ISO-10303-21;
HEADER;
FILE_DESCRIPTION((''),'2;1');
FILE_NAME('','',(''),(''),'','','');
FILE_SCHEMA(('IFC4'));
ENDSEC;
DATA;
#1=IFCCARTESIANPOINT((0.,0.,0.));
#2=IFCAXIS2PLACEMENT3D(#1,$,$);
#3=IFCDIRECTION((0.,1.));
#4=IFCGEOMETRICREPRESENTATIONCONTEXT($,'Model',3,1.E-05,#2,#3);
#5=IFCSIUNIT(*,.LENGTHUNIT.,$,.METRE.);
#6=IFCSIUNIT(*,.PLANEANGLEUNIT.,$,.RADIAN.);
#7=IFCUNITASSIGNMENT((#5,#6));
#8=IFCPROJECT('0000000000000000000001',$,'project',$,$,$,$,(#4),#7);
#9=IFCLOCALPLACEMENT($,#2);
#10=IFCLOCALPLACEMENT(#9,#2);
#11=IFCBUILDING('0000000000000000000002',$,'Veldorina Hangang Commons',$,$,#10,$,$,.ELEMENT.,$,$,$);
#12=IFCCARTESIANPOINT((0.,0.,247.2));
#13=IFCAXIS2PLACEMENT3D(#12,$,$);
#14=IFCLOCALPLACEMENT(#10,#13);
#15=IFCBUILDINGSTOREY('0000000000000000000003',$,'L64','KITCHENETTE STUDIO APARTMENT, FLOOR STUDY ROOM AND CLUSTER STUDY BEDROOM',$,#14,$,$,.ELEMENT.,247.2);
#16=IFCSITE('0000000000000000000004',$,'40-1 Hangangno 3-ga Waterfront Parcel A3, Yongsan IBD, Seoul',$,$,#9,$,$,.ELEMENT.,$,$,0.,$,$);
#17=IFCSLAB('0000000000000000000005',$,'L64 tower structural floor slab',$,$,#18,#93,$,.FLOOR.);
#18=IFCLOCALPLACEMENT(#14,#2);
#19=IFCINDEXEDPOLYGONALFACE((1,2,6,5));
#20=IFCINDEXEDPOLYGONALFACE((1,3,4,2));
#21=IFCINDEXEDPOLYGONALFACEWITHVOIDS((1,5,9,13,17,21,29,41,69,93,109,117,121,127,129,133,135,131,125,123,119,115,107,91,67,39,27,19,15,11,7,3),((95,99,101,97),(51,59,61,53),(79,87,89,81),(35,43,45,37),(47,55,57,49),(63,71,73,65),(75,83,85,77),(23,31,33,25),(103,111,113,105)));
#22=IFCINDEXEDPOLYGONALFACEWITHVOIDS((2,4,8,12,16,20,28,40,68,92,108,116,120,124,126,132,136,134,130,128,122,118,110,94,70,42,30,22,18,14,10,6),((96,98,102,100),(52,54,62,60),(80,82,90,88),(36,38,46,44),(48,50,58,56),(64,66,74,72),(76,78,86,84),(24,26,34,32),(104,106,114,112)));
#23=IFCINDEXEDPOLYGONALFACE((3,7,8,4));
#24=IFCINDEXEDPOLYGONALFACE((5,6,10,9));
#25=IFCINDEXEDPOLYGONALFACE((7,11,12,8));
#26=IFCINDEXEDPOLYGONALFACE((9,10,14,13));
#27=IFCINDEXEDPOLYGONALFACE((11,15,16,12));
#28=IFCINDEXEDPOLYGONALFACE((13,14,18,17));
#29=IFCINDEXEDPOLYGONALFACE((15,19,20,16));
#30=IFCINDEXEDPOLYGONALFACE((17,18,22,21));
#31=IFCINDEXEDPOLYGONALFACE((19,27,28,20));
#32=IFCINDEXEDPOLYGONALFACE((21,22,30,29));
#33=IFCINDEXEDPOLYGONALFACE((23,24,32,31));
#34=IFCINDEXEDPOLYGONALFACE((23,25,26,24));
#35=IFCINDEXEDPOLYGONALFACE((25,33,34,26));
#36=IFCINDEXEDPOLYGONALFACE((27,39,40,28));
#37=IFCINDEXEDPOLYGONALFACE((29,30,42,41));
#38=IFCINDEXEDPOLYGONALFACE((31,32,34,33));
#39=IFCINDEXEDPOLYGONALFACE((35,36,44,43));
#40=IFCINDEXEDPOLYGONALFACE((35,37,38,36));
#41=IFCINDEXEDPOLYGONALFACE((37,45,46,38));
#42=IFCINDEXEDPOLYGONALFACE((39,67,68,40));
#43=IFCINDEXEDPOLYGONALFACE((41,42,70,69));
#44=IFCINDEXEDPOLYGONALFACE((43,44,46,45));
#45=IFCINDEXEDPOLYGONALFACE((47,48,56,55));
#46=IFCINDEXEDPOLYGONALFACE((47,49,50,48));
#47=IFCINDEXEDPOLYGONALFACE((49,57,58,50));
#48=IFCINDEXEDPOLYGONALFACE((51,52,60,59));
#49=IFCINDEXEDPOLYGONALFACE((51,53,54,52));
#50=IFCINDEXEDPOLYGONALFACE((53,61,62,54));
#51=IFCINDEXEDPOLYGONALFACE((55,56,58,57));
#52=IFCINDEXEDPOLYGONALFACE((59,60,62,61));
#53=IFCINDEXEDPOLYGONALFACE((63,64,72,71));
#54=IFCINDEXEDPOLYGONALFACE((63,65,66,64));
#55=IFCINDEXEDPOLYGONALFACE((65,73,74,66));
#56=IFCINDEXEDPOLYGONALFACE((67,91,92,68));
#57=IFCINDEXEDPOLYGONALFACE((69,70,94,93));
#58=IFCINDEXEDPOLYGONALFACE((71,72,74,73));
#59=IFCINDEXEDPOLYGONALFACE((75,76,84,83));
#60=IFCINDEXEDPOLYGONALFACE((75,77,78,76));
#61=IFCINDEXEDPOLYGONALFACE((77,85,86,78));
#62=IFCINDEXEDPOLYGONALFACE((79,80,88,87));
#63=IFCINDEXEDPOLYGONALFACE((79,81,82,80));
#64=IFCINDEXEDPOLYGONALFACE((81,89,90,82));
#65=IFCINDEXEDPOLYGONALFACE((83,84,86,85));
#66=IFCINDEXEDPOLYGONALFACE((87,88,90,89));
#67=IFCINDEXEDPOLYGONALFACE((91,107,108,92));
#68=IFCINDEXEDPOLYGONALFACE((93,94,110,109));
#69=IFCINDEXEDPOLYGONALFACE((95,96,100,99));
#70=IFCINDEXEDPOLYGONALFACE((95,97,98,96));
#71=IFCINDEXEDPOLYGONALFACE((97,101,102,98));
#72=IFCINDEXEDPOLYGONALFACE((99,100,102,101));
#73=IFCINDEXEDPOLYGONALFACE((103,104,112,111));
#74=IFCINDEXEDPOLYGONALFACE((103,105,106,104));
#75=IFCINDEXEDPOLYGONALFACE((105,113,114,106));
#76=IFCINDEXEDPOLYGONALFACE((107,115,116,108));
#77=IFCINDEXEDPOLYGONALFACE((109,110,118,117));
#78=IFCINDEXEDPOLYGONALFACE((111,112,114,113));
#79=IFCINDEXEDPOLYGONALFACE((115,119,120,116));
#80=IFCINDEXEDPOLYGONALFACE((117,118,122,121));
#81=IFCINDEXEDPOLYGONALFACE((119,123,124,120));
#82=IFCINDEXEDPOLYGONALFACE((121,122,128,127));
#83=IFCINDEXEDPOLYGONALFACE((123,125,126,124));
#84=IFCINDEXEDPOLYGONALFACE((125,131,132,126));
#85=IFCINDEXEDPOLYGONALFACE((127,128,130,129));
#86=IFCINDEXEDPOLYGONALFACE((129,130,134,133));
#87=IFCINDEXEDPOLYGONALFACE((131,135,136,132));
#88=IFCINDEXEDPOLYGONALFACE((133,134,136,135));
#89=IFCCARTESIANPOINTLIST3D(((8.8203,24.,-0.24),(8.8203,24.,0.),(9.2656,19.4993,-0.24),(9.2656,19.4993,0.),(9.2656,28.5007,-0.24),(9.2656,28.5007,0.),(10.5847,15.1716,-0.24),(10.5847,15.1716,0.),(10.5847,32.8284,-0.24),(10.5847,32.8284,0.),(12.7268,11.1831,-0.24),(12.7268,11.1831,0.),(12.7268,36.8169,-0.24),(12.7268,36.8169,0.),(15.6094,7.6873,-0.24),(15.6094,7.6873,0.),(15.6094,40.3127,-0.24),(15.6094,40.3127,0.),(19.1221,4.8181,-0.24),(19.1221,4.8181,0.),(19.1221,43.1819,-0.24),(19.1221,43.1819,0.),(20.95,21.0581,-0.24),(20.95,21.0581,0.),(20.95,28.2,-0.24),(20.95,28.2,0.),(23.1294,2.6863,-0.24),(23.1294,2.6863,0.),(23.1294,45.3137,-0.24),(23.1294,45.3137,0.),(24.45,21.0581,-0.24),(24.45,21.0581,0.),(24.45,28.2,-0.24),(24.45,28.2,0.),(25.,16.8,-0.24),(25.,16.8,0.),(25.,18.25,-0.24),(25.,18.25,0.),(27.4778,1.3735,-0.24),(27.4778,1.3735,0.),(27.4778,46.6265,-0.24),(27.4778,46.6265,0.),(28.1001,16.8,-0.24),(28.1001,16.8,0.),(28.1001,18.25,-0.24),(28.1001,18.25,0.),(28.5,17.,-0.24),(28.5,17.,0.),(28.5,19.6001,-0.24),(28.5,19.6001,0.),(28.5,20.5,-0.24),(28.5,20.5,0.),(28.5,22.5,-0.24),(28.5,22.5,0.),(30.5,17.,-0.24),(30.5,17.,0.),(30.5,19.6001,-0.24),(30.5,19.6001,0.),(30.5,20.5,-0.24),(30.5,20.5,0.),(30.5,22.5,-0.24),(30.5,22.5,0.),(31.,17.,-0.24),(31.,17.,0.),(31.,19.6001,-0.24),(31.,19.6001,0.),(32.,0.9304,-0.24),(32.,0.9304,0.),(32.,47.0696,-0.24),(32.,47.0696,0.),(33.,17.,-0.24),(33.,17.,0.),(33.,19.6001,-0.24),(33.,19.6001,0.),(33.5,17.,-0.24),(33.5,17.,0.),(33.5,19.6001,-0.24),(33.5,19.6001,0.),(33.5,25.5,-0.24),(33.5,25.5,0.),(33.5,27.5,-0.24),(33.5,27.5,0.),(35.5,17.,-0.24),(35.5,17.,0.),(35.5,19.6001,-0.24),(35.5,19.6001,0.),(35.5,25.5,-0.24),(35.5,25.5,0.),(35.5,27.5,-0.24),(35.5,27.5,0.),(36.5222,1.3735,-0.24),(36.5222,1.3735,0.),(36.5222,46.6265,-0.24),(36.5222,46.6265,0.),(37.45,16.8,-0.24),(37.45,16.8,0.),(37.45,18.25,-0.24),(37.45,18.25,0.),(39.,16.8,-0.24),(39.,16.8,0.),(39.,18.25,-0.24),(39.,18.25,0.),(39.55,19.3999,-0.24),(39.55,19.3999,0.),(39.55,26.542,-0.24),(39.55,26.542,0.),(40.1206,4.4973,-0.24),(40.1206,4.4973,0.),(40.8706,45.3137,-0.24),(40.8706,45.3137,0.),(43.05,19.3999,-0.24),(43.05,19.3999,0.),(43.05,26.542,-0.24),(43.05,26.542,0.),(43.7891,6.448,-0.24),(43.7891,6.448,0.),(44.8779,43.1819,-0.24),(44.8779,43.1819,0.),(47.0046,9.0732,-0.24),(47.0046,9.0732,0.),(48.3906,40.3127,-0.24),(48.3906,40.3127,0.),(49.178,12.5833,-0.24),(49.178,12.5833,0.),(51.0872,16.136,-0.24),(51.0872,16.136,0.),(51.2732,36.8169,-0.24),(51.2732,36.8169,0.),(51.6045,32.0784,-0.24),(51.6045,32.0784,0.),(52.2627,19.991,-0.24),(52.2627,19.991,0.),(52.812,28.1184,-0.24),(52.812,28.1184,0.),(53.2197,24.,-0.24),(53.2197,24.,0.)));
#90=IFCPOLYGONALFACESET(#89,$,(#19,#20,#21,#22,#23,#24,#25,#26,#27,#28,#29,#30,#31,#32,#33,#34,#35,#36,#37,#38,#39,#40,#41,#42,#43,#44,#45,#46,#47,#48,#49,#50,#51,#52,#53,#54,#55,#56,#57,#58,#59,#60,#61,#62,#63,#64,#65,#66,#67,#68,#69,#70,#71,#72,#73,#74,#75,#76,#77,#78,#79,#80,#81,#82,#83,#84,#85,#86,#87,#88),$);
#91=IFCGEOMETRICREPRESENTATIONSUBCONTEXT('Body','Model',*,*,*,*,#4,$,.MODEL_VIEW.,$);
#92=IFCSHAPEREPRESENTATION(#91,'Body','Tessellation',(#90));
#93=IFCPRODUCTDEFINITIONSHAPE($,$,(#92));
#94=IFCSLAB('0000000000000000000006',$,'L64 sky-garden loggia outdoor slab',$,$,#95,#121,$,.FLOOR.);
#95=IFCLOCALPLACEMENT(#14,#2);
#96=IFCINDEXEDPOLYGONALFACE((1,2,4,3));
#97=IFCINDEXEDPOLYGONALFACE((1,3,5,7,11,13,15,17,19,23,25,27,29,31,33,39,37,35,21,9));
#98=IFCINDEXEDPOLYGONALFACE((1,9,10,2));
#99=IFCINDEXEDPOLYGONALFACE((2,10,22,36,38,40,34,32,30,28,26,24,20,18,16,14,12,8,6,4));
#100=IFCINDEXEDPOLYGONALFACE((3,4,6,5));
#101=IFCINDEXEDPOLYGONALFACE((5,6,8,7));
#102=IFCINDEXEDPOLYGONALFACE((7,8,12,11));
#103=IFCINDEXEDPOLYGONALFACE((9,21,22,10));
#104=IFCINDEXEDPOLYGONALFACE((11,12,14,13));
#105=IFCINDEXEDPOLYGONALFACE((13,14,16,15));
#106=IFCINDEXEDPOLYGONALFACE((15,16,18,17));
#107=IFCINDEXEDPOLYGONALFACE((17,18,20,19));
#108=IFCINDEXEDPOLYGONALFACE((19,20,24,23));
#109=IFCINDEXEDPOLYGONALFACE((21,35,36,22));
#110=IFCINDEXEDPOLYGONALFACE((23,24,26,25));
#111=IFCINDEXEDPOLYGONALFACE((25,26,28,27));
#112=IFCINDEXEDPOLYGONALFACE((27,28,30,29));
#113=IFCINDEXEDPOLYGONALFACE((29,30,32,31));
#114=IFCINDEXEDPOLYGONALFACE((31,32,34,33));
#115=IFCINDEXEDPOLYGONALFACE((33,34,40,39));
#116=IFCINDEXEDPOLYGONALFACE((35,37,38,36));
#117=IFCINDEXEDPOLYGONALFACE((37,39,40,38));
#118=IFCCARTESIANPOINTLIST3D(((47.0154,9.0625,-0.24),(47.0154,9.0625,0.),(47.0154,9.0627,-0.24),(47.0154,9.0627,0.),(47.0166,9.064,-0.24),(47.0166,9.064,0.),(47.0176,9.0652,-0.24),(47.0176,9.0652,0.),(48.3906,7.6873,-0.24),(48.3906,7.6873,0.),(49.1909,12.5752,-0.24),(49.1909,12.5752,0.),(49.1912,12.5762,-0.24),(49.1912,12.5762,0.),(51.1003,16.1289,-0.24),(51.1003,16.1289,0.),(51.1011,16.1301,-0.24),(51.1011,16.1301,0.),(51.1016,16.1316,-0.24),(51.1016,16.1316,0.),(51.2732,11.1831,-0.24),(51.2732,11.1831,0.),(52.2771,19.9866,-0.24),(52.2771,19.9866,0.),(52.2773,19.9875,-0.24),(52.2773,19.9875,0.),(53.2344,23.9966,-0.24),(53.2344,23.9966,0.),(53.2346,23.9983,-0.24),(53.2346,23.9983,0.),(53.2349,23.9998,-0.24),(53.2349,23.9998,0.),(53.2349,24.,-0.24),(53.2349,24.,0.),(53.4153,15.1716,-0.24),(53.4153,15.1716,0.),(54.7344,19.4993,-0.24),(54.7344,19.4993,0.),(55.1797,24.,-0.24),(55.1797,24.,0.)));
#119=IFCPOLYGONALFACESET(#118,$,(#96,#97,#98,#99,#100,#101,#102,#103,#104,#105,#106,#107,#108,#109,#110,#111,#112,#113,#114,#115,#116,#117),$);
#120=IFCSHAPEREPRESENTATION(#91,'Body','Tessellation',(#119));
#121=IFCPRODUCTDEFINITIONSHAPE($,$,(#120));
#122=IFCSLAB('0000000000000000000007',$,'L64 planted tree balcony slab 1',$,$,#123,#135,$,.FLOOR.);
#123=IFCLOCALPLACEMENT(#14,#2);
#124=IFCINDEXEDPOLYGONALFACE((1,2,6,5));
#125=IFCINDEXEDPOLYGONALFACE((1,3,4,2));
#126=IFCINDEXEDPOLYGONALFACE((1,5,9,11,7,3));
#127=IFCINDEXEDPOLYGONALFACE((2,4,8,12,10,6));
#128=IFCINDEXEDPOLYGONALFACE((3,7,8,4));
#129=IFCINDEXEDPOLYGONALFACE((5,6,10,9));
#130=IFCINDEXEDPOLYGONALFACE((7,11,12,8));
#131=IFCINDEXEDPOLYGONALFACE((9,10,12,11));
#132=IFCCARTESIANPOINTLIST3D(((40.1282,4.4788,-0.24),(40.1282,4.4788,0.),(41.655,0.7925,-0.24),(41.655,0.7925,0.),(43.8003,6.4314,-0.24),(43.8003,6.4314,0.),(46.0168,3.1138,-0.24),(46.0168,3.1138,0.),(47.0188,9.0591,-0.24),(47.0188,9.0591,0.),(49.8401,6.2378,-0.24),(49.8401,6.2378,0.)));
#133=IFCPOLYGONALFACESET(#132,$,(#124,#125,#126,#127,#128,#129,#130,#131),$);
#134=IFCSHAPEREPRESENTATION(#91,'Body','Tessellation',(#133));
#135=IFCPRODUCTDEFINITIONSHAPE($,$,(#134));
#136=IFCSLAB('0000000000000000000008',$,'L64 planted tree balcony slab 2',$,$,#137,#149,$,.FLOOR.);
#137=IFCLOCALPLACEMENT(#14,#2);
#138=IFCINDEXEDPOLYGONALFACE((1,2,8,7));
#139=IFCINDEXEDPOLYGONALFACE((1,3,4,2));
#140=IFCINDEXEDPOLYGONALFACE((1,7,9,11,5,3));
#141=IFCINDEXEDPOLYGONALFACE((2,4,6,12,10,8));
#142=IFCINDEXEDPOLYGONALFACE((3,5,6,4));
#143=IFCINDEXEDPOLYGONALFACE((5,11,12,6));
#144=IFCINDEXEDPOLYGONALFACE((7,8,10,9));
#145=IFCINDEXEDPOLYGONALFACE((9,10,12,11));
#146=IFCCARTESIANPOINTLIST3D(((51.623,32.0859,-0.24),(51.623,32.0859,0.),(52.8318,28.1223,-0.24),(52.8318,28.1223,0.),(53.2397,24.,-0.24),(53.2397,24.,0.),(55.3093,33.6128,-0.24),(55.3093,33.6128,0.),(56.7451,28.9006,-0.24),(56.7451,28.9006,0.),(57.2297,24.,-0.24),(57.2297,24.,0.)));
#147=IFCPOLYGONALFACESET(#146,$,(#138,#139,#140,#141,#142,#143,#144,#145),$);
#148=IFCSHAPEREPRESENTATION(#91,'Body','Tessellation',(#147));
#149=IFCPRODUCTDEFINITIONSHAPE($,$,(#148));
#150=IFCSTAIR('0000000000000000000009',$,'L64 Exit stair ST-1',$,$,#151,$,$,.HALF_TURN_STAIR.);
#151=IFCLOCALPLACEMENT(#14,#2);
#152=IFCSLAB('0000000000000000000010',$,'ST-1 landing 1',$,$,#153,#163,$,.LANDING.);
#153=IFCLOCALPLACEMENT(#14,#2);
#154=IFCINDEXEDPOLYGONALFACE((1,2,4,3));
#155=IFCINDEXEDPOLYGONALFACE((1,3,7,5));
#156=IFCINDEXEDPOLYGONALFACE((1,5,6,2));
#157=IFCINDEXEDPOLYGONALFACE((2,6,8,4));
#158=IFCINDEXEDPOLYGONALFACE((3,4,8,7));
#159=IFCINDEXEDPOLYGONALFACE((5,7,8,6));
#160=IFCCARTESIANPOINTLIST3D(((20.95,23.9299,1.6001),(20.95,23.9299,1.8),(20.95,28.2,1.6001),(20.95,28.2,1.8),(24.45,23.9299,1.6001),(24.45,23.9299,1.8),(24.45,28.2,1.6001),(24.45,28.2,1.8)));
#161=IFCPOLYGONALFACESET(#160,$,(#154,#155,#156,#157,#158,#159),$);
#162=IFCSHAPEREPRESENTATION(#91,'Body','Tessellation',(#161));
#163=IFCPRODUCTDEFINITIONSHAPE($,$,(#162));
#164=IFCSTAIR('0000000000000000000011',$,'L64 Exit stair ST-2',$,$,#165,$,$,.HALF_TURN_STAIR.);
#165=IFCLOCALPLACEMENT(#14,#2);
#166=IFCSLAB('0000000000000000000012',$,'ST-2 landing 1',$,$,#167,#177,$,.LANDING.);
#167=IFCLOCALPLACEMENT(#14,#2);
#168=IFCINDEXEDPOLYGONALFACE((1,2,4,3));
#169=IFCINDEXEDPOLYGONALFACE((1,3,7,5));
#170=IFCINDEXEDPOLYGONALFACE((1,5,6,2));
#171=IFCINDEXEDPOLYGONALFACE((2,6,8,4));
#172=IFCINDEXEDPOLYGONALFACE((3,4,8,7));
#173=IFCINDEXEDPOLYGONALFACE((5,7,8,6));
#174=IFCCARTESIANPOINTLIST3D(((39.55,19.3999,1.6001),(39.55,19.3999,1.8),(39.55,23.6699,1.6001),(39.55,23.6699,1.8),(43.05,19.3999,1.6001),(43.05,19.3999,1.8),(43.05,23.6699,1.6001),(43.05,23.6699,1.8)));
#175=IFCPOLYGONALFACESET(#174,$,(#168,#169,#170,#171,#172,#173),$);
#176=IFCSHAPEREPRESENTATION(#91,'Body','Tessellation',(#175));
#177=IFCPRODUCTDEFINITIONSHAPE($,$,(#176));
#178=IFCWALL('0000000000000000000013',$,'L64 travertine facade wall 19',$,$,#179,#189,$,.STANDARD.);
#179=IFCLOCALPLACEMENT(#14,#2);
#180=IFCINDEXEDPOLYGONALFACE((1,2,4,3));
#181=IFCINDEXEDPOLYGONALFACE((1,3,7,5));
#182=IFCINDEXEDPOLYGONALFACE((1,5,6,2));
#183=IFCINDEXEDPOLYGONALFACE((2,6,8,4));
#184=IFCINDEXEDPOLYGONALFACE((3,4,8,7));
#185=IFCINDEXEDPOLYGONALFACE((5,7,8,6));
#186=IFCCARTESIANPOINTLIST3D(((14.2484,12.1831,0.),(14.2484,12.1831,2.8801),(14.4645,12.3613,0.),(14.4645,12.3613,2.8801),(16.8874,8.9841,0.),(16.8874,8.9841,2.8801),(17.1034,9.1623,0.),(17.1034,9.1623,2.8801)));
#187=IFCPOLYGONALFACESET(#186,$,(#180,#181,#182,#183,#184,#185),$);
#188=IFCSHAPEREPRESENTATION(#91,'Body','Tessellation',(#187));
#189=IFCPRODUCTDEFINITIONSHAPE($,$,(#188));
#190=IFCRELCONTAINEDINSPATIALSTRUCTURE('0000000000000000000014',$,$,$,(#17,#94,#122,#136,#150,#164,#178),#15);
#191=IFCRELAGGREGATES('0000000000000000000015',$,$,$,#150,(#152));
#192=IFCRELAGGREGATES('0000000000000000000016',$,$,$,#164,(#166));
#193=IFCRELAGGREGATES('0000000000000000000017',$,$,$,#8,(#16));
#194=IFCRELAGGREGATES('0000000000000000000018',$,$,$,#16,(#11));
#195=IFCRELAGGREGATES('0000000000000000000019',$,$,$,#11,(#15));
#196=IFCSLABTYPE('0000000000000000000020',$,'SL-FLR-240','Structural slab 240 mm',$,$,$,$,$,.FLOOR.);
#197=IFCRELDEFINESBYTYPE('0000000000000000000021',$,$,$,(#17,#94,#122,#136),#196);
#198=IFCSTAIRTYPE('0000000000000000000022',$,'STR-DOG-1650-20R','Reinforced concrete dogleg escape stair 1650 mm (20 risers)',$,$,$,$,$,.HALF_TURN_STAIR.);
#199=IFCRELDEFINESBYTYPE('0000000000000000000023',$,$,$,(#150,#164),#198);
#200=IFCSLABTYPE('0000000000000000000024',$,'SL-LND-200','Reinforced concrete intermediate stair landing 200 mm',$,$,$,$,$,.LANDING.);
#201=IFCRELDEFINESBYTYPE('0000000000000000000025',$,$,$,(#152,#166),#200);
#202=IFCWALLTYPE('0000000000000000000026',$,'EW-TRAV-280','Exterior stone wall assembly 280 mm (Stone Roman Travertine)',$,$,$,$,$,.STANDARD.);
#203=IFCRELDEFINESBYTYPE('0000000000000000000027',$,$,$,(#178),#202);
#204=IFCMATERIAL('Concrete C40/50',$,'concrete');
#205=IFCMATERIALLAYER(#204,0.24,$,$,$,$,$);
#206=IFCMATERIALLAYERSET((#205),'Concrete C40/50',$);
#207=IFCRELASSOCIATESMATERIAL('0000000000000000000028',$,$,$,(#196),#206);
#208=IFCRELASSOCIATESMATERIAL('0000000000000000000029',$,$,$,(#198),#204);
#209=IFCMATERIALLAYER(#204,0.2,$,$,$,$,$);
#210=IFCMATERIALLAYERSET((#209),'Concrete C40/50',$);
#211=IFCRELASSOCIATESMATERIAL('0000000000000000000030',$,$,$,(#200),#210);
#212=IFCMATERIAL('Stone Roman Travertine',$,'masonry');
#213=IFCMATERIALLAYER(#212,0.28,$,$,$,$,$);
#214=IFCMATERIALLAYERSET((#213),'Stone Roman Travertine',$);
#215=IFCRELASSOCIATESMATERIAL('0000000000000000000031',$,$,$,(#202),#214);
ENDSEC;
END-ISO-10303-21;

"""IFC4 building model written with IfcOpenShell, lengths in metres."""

from ifc_helpers import new_model, si_unit, direction, frame, frame_2d, origin, place, context, subcontext, project, spatial, polyline, rectangle, outline, extrude, material, layer, layer_set, type_object, element, aggregate, save


model = new_model("IFC4")

# Units and contexts
model_context = context("Model", 3, precision=1e-05, world=origin(), true_north=direction((0.0, 1.0)))
body_context = subcontext(model_context, "Body", "Model", "MODEL_VIEW")
ifc_project = project(units=[si_unit("LENGTHUNIT", "METRE"), si_unit("PLANEANGLEUNIT", "RADIAN")], contexts=[model_context])

# Site, building, storey
site_placement = place(None, origin())
site = spatial("IfcSite", under=ifc_project, at=site_placement, Name="40-1 Hangangno 3-ga Waterfront Parcel A3, Yongsan IBD, Seoul", CompositionType="ELEMENT", RefElevation=0.0)
building_placement = place(site_placement, origin())
building = spatial("IfcBuilding", under=site, at=building_placement, Name="Veldorina Hangang Commons", CompositionType="ELEMENT")
storey_placement = place(building_placement, frame((0.0, 0.0, 247.2)))
storey = spatial("IfcBuildingStorey", under=building, at=storey_placement, Name="L64", Description="KITCHENETTE STUDIO APARTMENT, FLOOR STUDY ROOM AND CLUSTER STUDY BEDROOM", CompositionType="ELEMENT", Elevation=247.2)

# Slabs
ifc_material_1 = material(Name="Concrete C40/50", Category="concrete")
ifc_layer_1 = layer(ifc_material_1, 0.24)
ifc_layer_set_1 = layer_set([ifc_layer_1], Name="Concrete C40/50")
slab_type_1 = type_object("IfcSlabType", Name="SL-FLR-240", Description="Structural slab 240 mm", PredefinedType="FLOOR", material=ifc_layer_set_1)
slab_1_placement = place(storey_placement, frame((0.0, 0.0, -0.24)))
element("IfcSlab", 1, at=slab_1_placement, inside=storey, type_object=slab_type_1, Name="L64 tower structural floor slab", PredefinedType="FLOOR", context=body_context, shape_type="SweptSolid", body=[
    extrude(outline(polyline([(53.2197, 24.0), (52.812, 28.1184), (51.6045, 32.0784), (51.2732, 36.8169), (48.3906, 40.3127), (44.8779, 43.1819), (40.8706, 45.3137), (36.5222, 46.6265), (32.0, 47.0696), (27.4778, 46.6265), (23.1294, 45.3137), (19.1221, 43.1819), (15.6094, 40.3127), (12.7268, 36.8169), (10.5847, 32.8284), (9.2656, 28.5007), (8.8203, 24.0), (9.2656, 19.4993), (10.5847, 15.1716), (12.7268, 11.1831), (15.6094, 7.6873), (19.1221, 4.8181), (23.1294, 2.6863), (27.4778, 1.3735), (32.0, 0.9304), (36.5222, 1.3735), (40.1206, 4.4973), (43.7891, 6.448), (47.0046, 9.0732), (49.178, 12.5833), (51.0872, 16.136), (52.2627, 19.991), (53.2197, 24.0)]), holes=[polyline([(20.95, 21.0581), (20.95, 28.2), (24.45, 28.2), (24.45, 21.0581), (20.95, 21.0581)]), polyline([(43.05, 26.542), (43.05, 19.3999), (39.55, 19.3999), (39.55, 26.542), (43.05, 26.542)]), polyline([(33.5, 27.5), (35.5, 27.5), (35.5, 25.5), (33.5, 25.5), (33.5, 27.5)]), polyline([(28.5, 22.5), (30.5, 22.5), (30.5, 20.5), (28.5, 20.5), (28.5, 22.5)]), polyline([(28.5, 19.6001), (30.5, 19.6001), (30.5, 17.0), (28.5, 17.0), (28.5, 19.6001)]), polyline([(31.0, 19.6001), (33.0, 19.6001), (33.0, 17.0), (31.0, 17.0), (31.0, 19.6001)]), polyline([(33.5, 19.6001), (35.5, 19.6001), (35.5, 17.0), (33.5, 17.0), (33.5, 19.6001)]), polyline([(25.0, 18.25), (28.1001, 18.25), (28.1001, 16.8), (25.0, 16.8), (25.0, 18.25)]), polyline([(37.45, 18.25), (39.0, 18.25), (39.0, 16.8), (37.45, 16.8), (37.45, 18.25)])]), origin(), (0.0, 0.0, 1.0), 0.24),
])
slab_2_placement = place(storey_placement, frame((0.0, 0.0, -0.24)))
element("IfcSlab", 2, at=slab_2_placement, inside=storey, type_object=slab_type_1, Name="L64 sky-garden loggia outdoor slab", PredefinedType="FLOOR", context=body_context, shape_type="SweptSolid", body=[
    extrude(outline(polyline([(55.1797, 24.0), (54.7344, 19.4993), (53.4153, 15.1716), (51.2732, 11.1831), (48.3906, 7.6873), (47.0154, 9.0625), (47.0154, 9.0627), (47.0166, 9.064), (47.0176, 9.0652), (49.1909, 12.5752), (49.1912, 12.5762), (51.1003, 16.1289), (51.1011, 16.1301), (51.1016, 16.1316), (52.2771, 19.9866), (52.2773, 19.9875), (53.2344, 23.9966), (53.2346, 23.9983), (53.2349, 23.9998), (53.2349, 24.0), (55.1797, 24.0)])), origin(), (0.0, 0.0, 1.0), 0.24),
])
slab_3_placement = place(storey_placement, frame((0.0, 0.0, -0.24)))
element("IfcSlab", 3, at=slab_3_placement, inside=storey, type_object=slab_type_1, Name="L64 planted tree balcony slab 1", PredefinedType="FLOOR", context=body_context, shape_type="SweptSolid", body=[
    extrude(outline(polyline([(43.8003, 6.4314), (47.0188, 9.0591), (49.8401, 6.2378), (46.0168, 3.1138), (41.655, 0.7925), (40.1282, 4.4788), (43.8003, 6.4314)])), origin(), (0.0, 0.0, 1.0), 0.24),
])
slab_4_placement = place(storey_placement, frame((0.0, 0.0, -0.24)))
element("IfcSlab", 4, at=slab_4_placement, inside=storey, type_object=slab_type_1, Name="L64 planted tree balcony slab 2", PredefinedType="FLOOR", context=body_context, shape_type="SweptSolid", body=[
    extrude(outline(polyline([(52.8318, 28.1223), (51.623, 32.0859), (55.3093, 33.6128), (56.7451, 28.9006), (57.2297, 24.0), (53.2397, 24.0), (52.8318, 28.1223)])), origin(), (0.0, 0.0, 1.0), 0.24),
])

# Stairs, slabs
stair_type = type_object("IfcStairType", Name="STR-DOG-1650-20R", Description="Reinforced concrete dogleg escape stair 1650 mm (20 risers)", PredefinedType="HALF_TURN_STAIR", material=ifc_material_1)
stair_1_placement = place(storey_placement, origin())
stair_1 = element("IfcStair", 5, at=stair_1_placement, inside=storey, type_object=stair_type, Name="L64 Exit stair ST-1", PredefinedType="HALF_TURN_STAIR")
ifc_layer_2 = layer(ifc_material_1, 0.2)
ifc_layer_set_2 = layer_set([ifc_layer_2], Name="Concrete C40/50")
slab_type_2 = type_object("IfcSlabType", Name="SL-LND-200", Description="Reinforced concrete intermediate stair landing 200 mm", PredefinedType="LANDING", material=ifc_layer_set_2)
slab_5_placement = place(storey_placement, frame((0.0, 0.0, 1.6001)))
slab_5 = element("IfcSlab", 6, at=slab_5_placement, type_object=slab_type_2, Name="ST-1 landing 1", PredefinedType="LANDING", context=body_context, shape_type="SweptSolid", body=[
    extrude(outline(polyline([(24.45, 23.9299), (24.45, 28.2), (20.95, 28.2), (20.95, 23.9299), (24.45, 23.9299)])), origin(), (0.0, 0.0, 1.0), 0.2),
])
aggregate(stair_1, [slab_5])
stair_2_placement = place(storey_placement, origin())
stair_2 = element("IfcStair", 7, at=stair_2_placement, inside=storey, type_object=stair_type, Name="L64 Exit stair ST-2", PredefinedType="HALF_TURN_STAIR")
slab_6_placement = place(storey_placement, frame((0.0, 0.0, 1.6001)))
slab_6 = element("IfcSlab", 8, at=slab_6_placement, type_object=slab_type_2, Name="ST-2 landing 1", PredefinedType="LANDING", context=body_context, shape_type="SweptSolid", body=[
    extrude(outline(polyline([(39.55, 23.6699), (39.55, 19.3999), (43.05, 19.3999), (43.05, 23.6699), (39.55, 23.6699)])), origin(), (0.0, 0.0, 1.0), 0.2),
])
aggregate(stair_2, [slab_6])

# Wall
ifc_material_2 = material(Name="Stone Roman Travertine", Category="masonry")
ifc_layer_3 = layer(ifc_material_2, 0.28)
ifc_layer_set_3 = layer_set([ifc_layer_3], Name="Stone Roman Travertine")
wall_type = type_object("IfcWallType", Name="EW-TRAV-280", Description="Exterior stone wall assembly 280 mm (Stone Roman Travertine)", PredefinedType="STANDARD", material=ifc_layer_set_3)
wall_1_placement = place(storey_placement, frame((14.3564, 12.2722, 0.0), z_axis=(0.0, 0.0, 1.0), x_axis=(0.636349, -0.771401, 0.0)))
element("IfcWall", 9, at=wall_1_placement, inside=storey, type_object=wall_type, Name="L64 travertine facade wall 19", PredefinedType="STANDARD", context=body_context, shape_type="SweptSolid", body=[
    extrude(rectangle(XDim=4.147, YDim=0.28, at=frame_2d((2.0735, 0.0))), origin(), (0.0, 0.0, 1.0), 2.8801),
])

save(model, "model.ifc")
